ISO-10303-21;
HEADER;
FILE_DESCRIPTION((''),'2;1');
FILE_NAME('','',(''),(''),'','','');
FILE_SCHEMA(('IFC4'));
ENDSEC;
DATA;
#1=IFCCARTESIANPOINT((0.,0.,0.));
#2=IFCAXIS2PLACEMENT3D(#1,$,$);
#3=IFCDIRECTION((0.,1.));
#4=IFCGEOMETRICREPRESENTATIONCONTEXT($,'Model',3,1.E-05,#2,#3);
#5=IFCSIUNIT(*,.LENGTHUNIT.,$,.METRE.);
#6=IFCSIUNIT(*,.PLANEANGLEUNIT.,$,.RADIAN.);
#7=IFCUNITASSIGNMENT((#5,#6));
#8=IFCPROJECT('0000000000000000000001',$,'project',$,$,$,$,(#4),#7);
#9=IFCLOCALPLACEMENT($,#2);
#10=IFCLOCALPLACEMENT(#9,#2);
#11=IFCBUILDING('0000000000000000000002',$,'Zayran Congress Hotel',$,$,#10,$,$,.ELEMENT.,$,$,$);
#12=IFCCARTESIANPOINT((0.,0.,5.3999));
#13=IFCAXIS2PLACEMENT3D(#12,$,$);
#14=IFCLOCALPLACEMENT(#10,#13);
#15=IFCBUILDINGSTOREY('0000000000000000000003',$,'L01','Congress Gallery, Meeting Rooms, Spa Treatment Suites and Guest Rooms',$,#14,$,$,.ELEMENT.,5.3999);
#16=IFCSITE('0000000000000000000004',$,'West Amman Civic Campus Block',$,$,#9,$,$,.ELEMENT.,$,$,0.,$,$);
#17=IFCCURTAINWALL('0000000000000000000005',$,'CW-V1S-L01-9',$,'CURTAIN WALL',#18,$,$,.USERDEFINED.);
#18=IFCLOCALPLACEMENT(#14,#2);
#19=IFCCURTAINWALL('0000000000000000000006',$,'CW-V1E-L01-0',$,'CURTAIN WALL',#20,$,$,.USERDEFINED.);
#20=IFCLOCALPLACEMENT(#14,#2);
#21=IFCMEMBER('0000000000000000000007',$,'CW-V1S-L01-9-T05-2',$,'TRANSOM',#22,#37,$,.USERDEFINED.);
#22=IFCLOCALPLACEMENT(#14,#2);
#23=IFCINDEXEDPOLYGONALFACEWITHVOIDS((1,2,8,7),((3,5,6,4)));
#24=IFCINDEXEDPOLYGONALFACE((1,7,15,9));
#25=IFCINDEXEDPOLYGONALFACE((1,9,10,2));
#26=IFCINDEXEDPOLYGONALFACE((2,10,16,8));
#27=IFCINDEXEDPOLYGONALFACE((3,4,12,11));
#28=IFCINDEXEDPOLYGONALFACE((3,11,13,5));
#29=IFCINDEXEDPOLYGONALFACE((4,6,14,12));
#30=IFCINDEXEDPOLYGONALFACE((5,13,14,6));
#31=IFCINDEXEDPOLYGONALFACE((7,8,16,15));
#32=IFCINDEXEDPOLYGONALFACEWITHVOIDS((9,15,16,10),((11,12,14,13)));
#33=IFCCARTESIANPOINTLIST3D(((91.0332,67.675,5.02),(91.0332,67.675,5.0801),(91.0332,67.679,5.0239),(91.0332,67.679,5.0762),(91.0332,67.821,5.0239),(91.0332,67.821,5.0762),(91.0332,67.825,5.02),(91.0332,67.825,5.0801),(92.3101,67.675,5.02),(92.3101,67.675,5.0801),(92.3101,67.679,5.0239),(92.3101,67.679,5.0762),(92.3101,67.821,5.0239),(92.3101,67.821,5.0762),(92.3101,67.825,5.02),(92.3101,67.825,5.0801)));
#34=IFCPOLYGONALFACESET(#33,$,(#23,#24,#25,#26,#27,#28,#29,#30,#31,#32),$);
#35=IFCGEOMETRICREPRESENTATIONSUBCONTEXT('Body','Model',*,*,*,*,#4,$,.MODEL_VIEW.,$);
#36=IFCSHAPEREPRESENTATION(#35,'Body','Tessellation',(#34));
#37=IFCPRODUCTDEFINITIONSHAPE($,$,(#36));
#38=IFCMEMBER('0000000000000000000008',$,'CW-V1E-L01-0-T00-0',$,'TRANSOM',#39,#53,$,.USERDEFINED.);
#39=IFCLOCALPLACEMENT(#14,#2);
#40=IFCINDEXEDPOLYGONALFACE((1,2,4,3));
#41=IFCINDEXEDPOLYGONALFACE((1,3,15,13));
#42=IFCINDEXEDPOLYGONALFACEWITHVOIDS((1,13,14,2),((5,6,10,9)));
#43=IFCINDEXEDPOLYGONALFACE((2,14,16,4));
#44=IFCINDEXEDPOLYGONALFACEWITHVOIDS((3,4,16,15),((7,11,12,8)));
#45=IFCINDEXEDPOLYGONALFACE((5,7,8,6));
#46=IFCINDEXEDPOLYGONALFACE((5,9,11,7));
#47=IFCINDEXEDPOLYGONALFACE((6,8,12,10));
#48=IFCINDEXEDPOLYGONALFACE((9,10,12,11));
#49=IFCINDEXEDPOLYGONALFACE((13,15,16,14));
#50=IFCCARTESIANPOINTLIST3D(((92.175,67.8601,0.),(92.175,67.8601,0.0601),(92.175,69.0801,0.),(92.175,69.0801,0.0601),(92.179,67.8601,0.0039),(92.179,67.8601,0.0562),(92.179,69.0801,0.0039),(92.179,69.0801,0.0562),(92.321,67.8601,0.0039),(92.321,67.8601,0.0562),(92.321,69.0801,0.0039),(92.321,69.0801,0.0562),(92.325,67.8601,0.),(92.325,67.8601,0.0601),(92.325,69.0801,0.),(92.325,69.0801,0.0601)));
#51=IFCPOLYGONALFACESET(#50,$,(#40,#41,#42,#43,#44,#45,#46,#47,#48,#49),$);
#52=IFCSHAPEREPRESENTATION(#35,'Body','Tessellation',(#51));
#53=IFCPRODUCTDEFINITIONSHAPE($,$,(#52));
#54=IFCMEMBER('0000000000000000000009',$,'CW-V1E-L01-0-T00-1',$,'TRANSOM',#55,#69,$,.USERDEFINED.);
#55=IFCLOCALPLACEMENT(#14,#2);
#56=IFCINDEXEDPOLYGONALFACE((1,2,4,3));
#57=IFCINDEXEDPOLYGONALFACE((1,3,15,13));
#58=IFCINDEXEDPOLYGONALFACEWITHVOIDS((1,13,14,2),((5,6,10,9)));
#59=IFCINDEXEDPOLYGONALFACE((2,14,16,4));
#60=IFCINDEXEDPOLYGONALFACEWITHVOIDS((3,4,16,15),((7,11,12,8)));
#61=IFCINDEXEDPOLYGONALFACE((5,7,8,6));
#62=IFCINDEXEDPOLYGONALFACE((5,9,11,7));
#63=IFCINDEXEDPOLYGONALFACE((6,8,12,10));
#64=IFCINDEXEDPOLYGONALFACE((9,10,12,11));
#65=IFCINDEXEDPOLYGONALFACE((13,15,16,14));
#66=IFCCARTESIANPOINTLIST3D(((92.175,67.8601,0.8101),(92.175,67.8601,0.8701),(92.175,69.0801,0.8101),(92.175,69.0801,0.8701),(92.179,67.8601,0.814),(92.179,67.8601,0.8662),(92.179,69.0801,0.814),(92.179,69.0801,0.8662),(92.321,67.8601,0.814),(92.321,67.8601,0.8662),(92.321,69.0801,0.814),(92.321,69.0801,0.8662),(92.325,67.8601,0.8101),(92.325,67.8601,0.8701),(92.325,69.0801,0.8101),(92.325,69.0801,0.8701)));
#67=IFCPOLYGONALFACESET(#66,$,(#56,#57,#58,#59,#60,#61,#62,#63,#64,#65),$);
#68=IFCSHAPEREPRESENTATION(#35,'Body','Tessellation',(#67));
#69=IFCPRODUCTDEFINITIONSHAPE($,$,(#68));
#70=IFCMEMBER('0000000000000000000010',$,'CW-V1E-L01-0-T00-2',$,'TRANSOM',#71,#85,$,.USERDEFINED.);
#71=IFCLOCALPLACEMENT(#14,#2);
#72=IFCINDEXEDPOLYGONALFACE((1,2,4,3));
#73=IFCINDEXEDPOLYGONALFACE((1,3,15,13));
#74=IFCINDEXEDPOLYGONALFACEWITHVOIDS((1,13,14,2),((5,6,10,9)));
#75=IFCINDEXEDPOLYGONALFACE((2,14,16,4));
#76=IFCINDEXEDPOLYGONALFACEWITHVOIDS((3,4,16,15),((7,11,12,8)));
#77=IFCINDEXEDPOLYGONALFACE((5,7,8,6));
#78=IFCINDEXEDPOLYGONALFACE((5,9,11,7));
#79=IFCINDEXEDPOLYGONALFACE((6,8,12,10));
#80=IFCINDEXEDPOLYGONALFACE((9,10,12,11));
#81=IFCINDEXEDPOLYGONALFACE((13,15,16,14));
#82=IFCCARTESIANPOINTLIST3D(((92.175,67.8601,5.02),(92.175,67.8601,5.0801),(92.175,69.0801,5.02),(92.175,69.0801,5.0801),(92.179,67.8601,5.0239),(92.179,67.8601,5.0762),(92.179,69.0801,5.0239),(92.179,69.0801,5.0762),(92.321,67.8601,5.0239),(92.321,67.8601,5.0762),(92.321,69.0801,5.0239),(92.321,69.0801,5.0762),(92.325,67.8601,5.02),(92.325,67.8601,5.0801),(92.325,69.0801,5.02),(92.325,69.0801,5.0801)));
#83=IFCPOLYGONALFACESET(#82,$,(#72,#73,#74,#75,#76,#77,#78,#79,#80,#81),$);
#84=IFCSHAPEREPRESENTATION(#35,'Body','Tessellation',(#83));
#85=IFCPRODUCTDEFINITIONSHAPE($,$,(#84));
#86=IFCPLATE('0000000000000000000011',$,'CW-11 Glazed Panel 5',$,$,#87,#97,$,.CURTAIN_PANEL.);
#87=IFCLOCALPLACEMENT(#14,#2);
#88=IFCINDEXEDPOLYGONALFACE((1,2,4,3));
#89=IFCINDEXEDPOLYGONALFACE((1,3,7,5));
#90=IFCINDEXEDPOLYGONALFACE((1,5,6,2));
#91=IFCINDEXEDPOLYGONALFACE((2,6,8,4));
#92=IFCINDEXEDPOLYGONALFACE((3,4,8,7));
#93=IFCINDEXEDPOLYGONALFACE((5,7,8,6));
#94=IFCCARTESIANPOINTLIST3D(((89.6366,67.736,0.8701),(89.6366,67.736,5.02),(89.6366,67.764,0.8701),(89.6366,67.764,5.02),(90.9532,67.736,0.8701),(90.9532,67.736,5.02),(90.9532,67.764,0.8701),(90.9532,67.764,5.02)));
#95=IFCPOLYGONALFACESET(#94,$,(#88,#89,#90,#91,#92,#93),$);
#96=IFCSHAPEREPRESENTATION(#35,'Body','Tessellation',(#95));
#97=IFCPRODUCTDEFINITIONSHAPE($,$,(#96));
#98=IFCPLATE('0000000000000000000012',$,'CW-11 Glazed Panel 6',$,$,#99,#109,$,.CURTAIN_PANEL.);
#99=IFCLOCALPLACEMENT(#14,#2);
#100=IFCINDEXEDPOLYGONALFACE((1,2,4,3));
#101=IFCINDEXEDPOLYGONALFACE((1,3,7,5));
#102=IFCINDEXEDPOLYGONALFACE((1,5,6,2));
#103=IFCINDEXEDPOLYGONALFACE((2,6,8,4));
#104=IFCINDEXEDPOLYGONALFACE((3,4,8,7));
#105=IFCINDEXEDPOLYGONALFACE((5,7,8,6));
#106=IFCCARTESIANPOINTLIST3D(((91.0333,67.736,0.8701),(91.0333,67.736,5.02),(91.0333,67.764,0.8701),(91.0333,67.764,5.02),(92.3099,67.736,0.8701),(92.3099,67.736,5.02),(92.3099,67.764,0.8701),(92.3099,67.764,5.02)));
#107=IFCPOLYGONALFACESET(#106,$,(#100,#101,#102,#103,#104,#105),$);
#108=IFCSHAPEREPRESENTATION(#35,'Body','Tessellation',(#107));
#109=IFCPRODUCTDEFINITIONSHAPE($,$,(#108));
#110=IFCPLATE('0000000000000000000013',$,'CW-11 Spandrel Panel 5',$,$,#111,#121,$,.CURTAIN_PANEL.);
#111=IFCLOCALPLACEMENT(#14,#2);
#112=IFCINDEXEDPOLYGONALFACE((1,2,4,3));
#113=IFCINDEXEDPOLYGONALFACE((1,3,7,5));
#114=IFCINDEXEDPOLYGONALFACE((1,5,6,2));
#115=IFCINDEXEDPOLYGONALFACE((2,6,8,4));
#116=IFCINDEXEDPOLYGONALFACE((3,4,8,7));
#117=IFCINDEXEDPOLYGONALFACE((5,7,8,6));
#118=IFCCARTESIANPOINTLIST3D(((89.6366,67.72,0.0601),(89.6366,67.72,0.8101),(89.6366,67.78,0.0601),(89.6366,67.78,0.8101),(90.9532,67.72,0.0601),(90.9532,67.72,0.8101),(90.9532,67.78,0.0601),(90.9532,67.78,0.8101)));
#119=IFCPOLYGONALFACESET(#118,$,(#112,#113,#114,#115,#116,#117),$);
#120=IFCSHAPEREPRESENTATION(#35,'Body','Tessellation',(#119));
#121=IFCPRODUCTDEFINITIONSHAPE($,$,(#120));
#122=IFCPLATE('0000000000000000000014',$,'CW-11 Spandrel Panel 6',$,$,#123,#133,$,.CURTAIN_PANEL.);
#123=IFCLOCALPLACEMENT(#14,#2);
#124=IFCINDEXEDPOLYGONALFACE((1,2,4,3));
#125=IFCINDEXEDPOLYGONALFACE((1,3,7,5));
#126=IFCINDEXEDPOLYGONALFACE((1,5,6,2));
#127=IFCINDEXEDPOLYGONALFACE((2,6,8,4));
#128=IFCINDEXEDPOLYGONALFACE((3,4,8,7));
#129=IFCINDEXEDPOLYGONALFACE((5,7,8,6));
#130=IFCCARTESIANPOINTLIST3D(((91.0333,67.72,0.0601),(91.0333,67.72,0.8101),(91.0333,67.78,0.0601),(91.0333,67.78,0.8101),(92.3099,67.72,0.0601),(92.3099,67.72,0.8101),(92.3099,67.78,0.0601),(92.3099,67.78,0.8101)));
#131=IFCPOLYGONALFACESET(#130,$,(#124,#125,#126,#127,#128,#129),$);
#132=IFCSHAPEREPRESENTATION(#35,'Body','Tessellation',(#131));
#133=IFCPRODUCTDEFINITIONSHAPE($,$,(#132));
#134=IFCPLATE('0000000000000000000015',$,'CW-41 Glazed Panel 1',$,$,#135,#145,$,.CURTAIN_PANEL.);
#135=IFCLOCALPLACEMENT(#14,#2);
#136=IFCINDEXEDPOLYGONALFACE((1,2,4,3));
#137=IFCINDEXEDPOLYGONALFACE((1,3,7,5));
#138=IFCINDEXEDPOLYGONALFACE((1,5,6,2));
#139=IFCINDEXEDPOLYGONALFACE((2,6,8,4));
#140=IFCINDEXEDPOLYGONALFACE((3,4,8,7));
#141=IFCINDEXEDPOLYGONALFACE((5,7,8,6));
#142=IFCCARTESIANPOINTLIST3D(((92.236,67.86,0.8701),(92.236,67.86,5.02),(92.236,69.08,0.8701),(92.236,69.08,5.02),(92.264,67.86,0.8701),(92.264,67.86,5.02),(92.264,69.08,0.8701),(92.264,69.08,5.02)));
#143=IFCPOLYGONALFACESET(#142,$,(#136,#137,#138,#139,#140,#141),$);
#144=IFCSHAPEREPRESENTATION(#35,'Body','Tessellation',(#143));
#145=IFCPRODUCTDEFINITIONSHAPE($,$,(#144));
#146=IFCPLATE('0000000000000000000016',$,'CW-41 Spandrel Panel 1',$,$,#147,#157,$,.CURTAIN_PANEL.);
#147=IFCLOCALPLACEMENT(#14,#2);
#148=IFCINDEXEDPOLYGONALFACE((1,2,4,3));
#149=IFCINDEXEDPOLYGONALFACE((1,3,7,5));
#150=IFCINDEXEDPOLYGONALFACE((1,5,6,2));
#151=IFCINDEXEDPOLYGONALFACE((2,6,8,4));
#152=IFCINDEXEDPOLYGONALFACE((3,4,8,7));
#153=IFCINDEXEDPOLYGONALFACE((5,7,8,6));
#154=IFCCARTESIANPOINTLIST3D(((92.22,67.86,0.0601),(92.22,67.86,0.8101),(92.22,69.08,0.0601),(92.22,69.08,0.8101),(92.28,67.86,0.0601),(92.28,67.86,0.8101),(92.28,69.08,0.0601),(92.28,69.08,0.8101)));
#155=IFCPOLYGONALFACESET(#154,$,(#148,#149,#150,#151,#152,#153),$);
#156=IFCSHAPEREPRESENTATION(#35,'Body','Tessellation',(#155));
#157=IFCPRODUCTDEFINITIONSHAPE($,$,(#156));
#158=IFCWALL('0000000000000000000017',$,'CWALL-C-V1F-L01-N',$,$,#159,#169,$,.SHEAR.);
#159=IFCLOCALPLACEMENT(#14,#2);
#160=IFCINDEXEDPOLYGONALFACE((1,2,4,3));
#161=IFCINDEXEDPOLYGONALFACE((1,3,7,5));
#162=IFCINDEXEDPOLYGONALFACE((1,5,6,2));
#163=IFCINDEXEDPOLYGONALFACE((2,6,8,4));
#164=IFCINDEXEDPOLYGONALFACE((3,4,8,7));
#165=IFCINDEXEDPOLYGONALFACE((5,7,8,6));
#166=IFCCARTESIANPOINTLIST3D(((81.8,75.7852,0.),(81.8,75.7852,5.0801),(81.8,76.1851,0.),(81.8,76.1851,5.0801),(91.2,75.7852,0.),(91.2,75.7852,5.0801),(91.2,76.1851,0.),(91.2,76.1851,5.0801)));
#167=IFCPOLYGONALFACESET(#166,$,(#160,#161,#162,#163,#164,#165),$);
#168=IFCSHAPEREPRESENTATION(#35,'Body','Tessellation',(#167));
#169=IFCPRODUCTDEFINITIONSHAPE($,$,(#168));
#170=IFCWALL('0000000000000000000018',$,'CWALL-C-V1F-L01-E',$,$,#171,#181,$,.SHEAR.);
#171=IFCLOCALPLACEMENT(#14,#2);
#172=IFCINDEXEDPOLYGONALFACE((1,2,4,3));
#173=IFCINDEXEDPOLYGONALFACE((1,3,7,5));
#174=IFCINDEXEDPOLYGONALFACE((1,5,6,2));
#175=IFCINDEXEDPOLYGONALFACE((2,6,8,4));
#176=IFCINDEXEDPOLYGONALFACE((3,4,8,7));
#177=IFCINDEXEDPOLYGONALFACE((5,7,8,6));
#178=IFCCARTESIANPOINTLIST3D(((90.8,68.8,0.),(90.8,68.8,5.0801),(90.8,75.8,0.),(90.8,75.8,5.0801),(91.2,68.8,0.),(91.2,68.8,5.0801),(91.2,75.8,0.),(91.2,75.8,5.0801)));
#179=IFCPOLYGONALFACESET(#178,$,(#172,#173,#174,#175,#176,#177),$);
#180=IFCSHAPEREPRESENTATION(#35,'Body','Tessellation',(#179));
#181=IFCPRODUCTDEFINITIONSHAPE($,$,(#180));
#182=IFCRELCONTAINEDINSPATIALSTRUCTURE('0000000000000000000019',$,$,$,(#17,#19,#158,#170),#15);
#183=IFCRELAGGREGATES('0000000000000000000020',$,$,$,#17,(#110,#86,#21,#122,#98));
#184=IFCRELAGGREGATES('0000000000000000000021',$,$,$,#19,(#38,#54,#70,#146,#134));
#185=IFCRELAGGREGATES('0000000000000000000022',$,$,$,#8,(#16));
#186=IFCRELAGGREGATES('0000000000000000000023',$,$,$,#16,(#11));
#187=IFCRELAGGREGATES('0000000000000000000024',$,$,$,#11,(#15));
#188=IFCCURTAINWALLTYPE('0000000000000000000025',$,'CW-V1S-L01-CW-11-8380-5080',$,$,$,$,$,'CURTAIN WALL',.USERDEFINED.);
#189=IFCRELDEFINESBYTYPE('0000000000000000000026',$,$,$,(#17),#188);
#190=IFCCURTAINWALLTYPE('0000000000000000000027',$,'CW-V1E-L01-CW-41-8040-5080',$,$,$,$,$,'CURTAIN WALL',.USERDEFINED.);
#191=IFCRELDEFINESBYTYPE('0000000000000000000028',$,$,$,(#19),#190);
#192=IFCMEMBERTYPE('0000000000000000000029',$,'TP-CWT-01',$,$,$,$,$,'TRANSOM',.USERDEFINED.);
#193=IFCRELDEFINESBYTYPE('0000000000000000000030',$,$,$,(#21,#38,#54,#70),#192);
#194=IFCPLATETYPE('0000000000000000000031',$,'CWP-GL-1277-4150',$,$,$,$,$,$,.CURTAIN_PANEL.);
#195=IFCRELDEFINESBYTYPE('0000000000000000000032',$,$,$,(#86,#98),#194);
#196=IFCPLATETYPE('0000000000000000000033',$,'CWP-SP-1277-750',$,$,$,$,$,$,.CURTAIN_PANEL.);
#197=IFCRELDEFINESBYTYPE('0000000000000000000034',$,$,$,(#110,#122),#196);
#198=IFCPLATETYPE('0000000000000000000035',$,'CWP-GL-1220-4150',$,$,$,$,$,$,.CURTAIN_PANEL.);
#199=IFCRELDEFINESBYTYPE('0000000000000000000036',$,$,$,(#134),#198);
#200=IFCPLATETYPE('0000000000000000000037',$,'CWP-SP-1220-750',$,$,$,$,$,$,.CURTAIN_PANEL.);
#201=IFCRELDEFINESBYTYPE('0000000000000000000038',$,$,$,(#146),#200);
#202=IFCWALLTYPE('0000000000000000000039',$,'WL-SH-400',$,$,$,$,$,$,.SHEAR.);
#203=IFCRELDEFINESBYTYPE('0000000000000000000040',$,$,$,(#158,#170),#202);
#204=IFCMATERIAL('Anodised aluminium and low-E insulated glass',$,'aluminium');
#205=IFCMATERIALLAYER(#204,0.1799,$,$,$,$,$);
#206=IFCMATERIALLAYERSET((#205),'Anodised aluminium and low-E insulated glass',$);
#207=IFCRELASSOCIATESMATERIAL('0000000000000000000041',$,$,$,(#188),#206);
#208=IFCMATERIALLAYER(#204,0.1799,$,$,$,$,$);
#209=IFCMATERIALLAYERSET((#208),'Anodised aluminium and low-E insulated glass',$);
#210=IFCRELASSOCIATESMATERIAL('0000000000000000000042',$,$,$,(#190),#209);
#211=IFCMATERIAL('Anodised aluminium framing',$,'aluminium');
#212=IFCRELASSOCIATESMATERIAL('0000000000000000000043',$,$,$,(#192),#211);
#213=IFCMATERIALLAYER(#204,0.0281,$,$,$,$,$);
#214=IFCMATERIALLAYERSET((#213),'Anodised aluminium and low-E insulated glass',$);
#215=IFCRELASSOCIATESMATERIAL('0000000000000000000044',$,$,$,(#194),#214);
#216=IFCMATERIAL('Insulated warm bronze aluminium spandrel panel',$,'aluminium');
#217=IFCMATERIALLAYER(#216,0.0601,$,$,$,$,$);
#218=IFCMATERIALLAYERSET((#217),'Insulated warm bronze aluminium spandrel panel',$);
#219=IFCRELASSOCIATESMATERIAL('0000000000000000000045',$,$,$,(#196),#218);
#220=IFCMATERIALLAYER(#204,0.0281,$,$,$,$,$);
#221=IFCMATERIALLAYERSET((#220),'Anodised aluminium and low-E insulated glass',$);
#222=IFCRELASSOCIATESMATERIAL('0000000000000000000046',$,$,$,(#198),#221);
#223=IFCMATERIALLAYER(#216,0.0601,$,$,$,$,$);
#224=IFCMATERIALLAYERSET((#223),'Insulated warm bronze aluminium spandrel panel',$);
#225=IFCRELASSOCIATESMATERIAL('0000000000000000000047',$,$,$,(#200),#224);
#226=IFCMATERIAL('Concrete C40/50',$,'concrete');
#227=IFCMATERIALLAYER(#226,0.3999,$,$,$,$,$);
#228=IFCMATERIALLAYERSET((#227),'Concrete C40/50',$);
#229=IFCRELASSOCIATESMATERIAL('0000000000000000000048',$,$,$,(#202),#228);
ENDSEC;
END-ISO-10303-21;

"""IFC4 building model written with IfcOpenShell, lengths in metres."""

from ifc_helpers import new_model, si_unit, direction, frame, frame_2d, origin, origin_2d, place, context, subcontext, project, spatial, rectangle, hollow_rectangle, extrude, material, layer, layer_set, material_profile, profile_set, type_object, element, aggregate, save


model = new_model("IFC4")

# Units and contexts
model_context = context("Model", 3, precision=1e-05, world=origin(), true_north=direction((0.0, 1.0)))
body_context = subcontext(model_context, "Body", "Model", "MODEL_VIEW")
ifc_project = project(units=[si_unit("LENGTHUNIT", "METRE"), si_unit("PLANEANGLEUNIT", "RADIAN")], contexts=[model_context])

# Site, building, storey
site_placement = place(None, origin())
site = spatial("IfcSite", under=ifc_project, at=site_placement, Name="West Amman Civic Campus Block", CompositionType="ELEMENT", RefElevation=0.0)
building_placement = place(site_placement, origin())
building = spatial("IfcBuilding", under=site, at=building_placement, Name="Zayran Congress Hotel", CompositionType="ELEMENT")
storey_placement = place(building_placement, frame((0.0, 0.0, 5.3999)))
storey = spatial("IfcBuildingStorey", under=building, at=storey_placement, Name="L01", Description="Congress Gallery, Meeting Rooms, Spa Treatment Suites and Guest Rooms", CompositionType="ELEMENT", Elevation=5.3999)

# Shared definitions
ifc_material_1 = material(Name="Concrete C40/50", Category="concrete")

# Curtain wall
ifc_material_2 = material(Name="Anodised aluminium and low-E insulated glass", Category="aluminium")
ifc_layer_1 = layer(ifc_material_2, 0.1799)
ifc_layer_set_1 = layer_set([ifc_layer_1], Name="Anodised aluminium and low-E insulated glass")
curtain_wall_type_1 = type_object("IfcCurtainWallType", Name="CW-V1S-L01-CW-11-8380-5080", ElementType="CURTAIN WALL", PredefinedType="USERDEFINED", material=ifc_layer_set_1)
curtain_wall_1_placement = place(storey_placement, origin())
curtain_wall_1 = element("IfcCurtainWall", 1, at=curtain_wall_1_placement, inside=storey, type_object=curtain_wall_type_1, Name="CW-V1S-L01-9", ObjectType="CURTAIN WALL", PredefinedType="USERDEFINED")
ifc_material_3 = material(Name="Anodised aluminium framing", Category="aluminium")

# Curtain wall
ifc_layer_2 = layer(ifc_material_2, 0.1799)
ifc_layer_set_2 = layer_set([ifc_layer_2], Name="Anodised aluminium and low-E insulated glass")
curtain_wall_type_2 = type_object("IfcCurtainWallType", Name="CW-V1E-L01-CW-41-8040-5080", ElementType="CURTAIN WALL", PredefinedType="USERDEFINED", material=ifc_layer_set_2)
curtain_wall_2_placement = place(storey_placement, origin())
curtain_wall_2 = element("IfcCurtainWall", 2, at=curtain_wall_2_placement, inside=storey, type_object=curtain_wall_type_2, Name="CW-V1E-L01-0", ObjectType="CURTAIN WALL", PredefinedType="USERDEFINED")

# Members
ifc_material_profile_1 = material_profile(ifc_material_3, hollow_rectangle(XDim=0.0601, YDim=0.1499, WallThickness=0.0039, at=origin_2d()), Name="RHS 150x60x4")
ifc_profile_set_1 = profile_set([ifc_material_profile_1], Name="Anodised aluminium framing")
member_type_1 = type_object("IfcMemberType", Name="TP-CWT-01", ElementType="TRANSOM", PredefinedType="USERDEFINED", material=ifc_profile_set_1)
member_1_placement = place(storey_placement, frame((91.0332, 67.75, 5.05), z_axis=(1.0, 0.0, 0.0), x_axis=(0.0, 0.0, 1.0)))
member_1 = element("IfcMember", 3, at=member_1_placement, type_object=member_type_1, Name="CW-V1S-L01-9-T05-2", ObjectType="TRANSOM", PredefinedType="USERDEFINED", context=body_context, shape_type="SweptSolid", body=[
    extrude(hollow_rectangle(XDim=0.0601, YDim=0.1499, WallThickness=0.0039, at=origin_2d()), origin(), (0.0, 0.0, 1.0), 1.2769),
])
member_2_placement = place(storey_placement, frame((92.25, 67.8601, 0.03), z_axis=(0.0, 1.0, 0.0), x_axis=(0.0, 0.0, 1.0)))
member_2 = element("IfcMember", 4, at=member_2_placement, type_object=member_type_1, Name="CW-V1E-L01-0-T00-0", ObjectType="TRANSOM", PredefinedType="USERDEFINED", context=body_context, shape_type="SweptSolid", body=[
    extrude(hollow_rectangle(XDim=0.0601, YDim=0.1499, WallThickness=0.0039, at=origin_2d()), origin(), (0.0, 0.0, 1.0), 1.22),
])
member_3_placement = place(storey_placement, frame((92.25, 67.8601, 0.8401), z_axis=(0.0, 1.0, 0.0), x_axis=(0.0, 0.0, 1.0)))
member_3 = element("IfcMember", 5, at=member_3_placement, type_object=member_type_1, Name="CW-V1E-L01-0-T00-1", ObjectType="TRANSOM", PredefinedType="USERDEFINED", context=body_context, shape_type="SweptSolid", body=[
    extrude(hollow_rectangle(XDim=0.0601, YDim=0.1499, WallThickness=0.0039, at=origin_2d()), origin(), (0.0, 0.0, 1.0), 1.22),
])
member_4_placement = place(storey_placement, frame((92.25, 67.8601, 5.05), z_axis=(0.0, 1.0, 0.0), x_axis=(0.0, 0.0, 1.0)))
member_4 = element("IfcMember", 6, at=member_4_placement, type_object=member_type_1, Name="CW-V1E-L01-0-T00-2", ObjectType="TRANSOM", PredefinedType="USERDEFINED", context=body_context, shape_type="SweptSolid", body=[
    extrude(hollow_rectangle(XDim=0.0601, YDim=0.1499, WallThickness=0.0039, at=origin_2d()), origin(), (0.0, 0.0, 1.0), 1.22),
])

# Plates
ifc_layer_3 = layer(ifc_material_2, 0.0281)
ifc_layer_set_3 = layer_set([ifc_layer_3], Name="Anodised aluminium and low-E insulated glass")
plate_type_1 = type_object("IfcPlateType", Name="CWP-GL-1277-4150", PredefinedType="CURTAIN_PANEL", material=ifc_layer_set_3)
plate_1_placement = place(storey_placement, frame((90.2949, 67.75, 0.8701), z_axis=(0.0, 0.0, 1.0), x_axis=(1.0, 0.0, 0.0)))
plate_1 = element("IfcPlate", 7, at=plate_1_placement, type_object=plate_type_1, Name="CW-11 Glazed Panel 5", PredefinedType="CURTAIN_PANEL", context=body_context, shape_type="SweptSolid", body=[
    extrude(rectangle(XDim=1.3167, YDim=0.0281, at=origin_2d()), origin(), (0.0, 0.0, 1.0), 4.1499),
])
plate_2_placement = place(storey_placement, frame((91.6716, 67.75, 0.8701), z_axis=(0.0, 0.0, 1.0), x_axis=(1.0, 0.0, 0.0)))
plate_2 = element("IfcPlate", 8, at=plate_2_placement, type_object=plate_type_1, Name="CW-11 Glazed Panel 6", PredefinedType="CURTAIN_PANEL", context=body_context, shape_type="SweptSolid", body=[
    extrude(rectangle(XDim=1.2766, YDim=0.0281, at=origin_2d()), origin(), (0.0, 0.0, 1.0), 4.1499),
])
ifc_material_4 = material(Name="Insulated warm bronze aluminium spandrel panel", Category="aluminium")
ifc_layer_4 = layer(ifc_material_4, 0.0601)
ifc_layer_set_4 = layer_set([ifc_layer_4], Name="Insulated warm bronze aluminium spandrel panel")
plate_type_2 = type_object("IfcPlateType", Name="CWP-SP-1277-750", PredefinedType="CURTAIN_PANEL", material=ifc_layer_set_4)
plate_3_placement = place(storey_placement, frame((90.2949, 67.75, 0.0601), z_axis=(0.0, 0.0, 1.0), x_axis=(1.0, 0.0, 0.0)))
plate_3 = element("IfcPlate", 9, at=plate_3_placement, type_object=plate_type_2, Name="CW-11 Spandrel Panel 5", PredefinedType="CURTAIN_PANEL", context=body_context, shape_type="SweptSolid", body=[
    extrude(rectangle(XDim=1.3167, YDim=0.0601, at=origin_2d()), origin(), (0.0, 0.0, 1.0), 0.75),
])
plate_4_placement = place(storey_placement, frame((91.6716, 67.75, 0.0601), z_axis=(0.0, 0.0, 1.0), x_axis=(1.0, 0.0, 0.0)))
plate_4 = element("IfcPlate", 10, at=plate_4_placement, type_object=plate_type_2, Name="CW-11 Spandrel Panel 6", PredefinedType="CURTAIN_PANEL", context=body_context, shape_type="SweptSolid", body=[
    extrude(rectangle(XDim=1.2766, YDim=0.0601, at=origin_2d()), origin(), (0.0, 0.0, 1.0), 0.75),
])
aggregate(curtain_wall_1, [plate_3, plate_1, member_1, plate_4, plate_2])
ifc_layer_5 = layer(ifc_material_2, 0.0281)
ifc_layer_set_5 = layer_set([ifc_layer_5], Name="Anodised aluminium and low-E insulated glass")
plate_type_3 = type_object("IfcPlateType", Name="CWP-GL-1220-4150", PredefinedType="CURTAIN_PANEL", material=ifc_layer_set_5)
plate_5_placement = place(storey_placement, frame((92.25, 68.47, 0.8701), z_axis=(0.0, 0.0, 1.0), x_axis=(0.0, 1.0, 0.0)))
plate_5 = element("IfcPlate", 11, at=plate_5_placement, type_object=plate_type_3, Name="CW-41 Glazed Panel 1", PredefinedType="CURTAIN_PANEL", context=body_context, shape_type="SweptSolid", body=[
    extrude(rectangle(XDim=1.22, YDim=0.0281, at=origin_2d()), origin(), (0.0, 0.0, 1.0), 4.1499),
])
ifc_layer_6 = layer(ifc_material_4, 0.0601)
ifc_layer_set_6 = layer_set([ifc_layer_6], Name="Insulated warm bronze aluminium spandrel panel")
plate_type_4 = type_object("IfcPlateType", Name="CWP-SP-1220-750", PredefinedType="CURTAIN_PANEL", material=ifc_layer_set_6)
plate_6_placement = place(storey_placement, frame((92.25, 68.47, 0.0601), z_axis=(0.0, 0.0, 1.0), x_axis=(0.0, 1.0, 0.0)))
plate_6 = element("IfcPlate", 12, at=plate_6_placement, type_object=plate_type_4, Name="CW-41 Spandrel Panel 1", PredefinedType="CURTAIN_PANEL", context=body_context, shape_type="SweptSolid", body=[
    extrude(rectangle(XDim=1.22, YDim=0.0601, at=origin_2d()), origin(), (0.0, 0.0, 1.0), 0.75),
])
aggregate(curtain_wall_2, [member_2, member_3, member_4, plate_6, plate_5])

# Walls
ifc_layer_7 = layer(ifc_material_1, 0.3999)
ifc_layer_set_7 = layer_set([ifc_layer_7], Name="Concrete C40/50")
wall_type = type_object("IfcWallType", Name="WL-SH-400", PredefinedType="SHEAR", material=ifc_layer_set_7)
wall_1_placement = place(storey_placement, frame((91.2, 75.9851, 0.0), z_axis=(0.0, 0.0, 1.0), x_axis=(-1.0, 0.0, 0.0)))
element("IfcWall", 13, at=wall_1_placement, inside=storey, type_object=wall_type, Name="CWALL-C-V1F-L01-N", PredefinedType="SHEAR", context=body_context, shape_type="SweptSolid", body=[
    extrude(rectangle(XDim=9.3999, YDim=0.3999, at=frame_2d((4.7, 0.0))), origin(), (0.0, 0.0, 1.0), 5.0801),
])
wall_2_placement = place(storey_placement, frame((91.0, 68.8, 0.0), z_axis=(0.0, 0.0, 1.0), x_axis=(0.0, 1.0, 0.0)))
element("IfcWall", 14, at=wall_2_placement, inside=storey, type_object=wall_type, Name="CWALL-C-V1F-L01-E", PredefinedType="SHEAR", context=body_context, shape_type="SweptSolid", body=[
    extrude(rectangle(XDim=7.0, YDim=0.3999, at=frame_2d((3.5, 0.0))), origin(), (0.0, 0.0, 1.0), 5.0801),
])

save(model, "model.ifc")
